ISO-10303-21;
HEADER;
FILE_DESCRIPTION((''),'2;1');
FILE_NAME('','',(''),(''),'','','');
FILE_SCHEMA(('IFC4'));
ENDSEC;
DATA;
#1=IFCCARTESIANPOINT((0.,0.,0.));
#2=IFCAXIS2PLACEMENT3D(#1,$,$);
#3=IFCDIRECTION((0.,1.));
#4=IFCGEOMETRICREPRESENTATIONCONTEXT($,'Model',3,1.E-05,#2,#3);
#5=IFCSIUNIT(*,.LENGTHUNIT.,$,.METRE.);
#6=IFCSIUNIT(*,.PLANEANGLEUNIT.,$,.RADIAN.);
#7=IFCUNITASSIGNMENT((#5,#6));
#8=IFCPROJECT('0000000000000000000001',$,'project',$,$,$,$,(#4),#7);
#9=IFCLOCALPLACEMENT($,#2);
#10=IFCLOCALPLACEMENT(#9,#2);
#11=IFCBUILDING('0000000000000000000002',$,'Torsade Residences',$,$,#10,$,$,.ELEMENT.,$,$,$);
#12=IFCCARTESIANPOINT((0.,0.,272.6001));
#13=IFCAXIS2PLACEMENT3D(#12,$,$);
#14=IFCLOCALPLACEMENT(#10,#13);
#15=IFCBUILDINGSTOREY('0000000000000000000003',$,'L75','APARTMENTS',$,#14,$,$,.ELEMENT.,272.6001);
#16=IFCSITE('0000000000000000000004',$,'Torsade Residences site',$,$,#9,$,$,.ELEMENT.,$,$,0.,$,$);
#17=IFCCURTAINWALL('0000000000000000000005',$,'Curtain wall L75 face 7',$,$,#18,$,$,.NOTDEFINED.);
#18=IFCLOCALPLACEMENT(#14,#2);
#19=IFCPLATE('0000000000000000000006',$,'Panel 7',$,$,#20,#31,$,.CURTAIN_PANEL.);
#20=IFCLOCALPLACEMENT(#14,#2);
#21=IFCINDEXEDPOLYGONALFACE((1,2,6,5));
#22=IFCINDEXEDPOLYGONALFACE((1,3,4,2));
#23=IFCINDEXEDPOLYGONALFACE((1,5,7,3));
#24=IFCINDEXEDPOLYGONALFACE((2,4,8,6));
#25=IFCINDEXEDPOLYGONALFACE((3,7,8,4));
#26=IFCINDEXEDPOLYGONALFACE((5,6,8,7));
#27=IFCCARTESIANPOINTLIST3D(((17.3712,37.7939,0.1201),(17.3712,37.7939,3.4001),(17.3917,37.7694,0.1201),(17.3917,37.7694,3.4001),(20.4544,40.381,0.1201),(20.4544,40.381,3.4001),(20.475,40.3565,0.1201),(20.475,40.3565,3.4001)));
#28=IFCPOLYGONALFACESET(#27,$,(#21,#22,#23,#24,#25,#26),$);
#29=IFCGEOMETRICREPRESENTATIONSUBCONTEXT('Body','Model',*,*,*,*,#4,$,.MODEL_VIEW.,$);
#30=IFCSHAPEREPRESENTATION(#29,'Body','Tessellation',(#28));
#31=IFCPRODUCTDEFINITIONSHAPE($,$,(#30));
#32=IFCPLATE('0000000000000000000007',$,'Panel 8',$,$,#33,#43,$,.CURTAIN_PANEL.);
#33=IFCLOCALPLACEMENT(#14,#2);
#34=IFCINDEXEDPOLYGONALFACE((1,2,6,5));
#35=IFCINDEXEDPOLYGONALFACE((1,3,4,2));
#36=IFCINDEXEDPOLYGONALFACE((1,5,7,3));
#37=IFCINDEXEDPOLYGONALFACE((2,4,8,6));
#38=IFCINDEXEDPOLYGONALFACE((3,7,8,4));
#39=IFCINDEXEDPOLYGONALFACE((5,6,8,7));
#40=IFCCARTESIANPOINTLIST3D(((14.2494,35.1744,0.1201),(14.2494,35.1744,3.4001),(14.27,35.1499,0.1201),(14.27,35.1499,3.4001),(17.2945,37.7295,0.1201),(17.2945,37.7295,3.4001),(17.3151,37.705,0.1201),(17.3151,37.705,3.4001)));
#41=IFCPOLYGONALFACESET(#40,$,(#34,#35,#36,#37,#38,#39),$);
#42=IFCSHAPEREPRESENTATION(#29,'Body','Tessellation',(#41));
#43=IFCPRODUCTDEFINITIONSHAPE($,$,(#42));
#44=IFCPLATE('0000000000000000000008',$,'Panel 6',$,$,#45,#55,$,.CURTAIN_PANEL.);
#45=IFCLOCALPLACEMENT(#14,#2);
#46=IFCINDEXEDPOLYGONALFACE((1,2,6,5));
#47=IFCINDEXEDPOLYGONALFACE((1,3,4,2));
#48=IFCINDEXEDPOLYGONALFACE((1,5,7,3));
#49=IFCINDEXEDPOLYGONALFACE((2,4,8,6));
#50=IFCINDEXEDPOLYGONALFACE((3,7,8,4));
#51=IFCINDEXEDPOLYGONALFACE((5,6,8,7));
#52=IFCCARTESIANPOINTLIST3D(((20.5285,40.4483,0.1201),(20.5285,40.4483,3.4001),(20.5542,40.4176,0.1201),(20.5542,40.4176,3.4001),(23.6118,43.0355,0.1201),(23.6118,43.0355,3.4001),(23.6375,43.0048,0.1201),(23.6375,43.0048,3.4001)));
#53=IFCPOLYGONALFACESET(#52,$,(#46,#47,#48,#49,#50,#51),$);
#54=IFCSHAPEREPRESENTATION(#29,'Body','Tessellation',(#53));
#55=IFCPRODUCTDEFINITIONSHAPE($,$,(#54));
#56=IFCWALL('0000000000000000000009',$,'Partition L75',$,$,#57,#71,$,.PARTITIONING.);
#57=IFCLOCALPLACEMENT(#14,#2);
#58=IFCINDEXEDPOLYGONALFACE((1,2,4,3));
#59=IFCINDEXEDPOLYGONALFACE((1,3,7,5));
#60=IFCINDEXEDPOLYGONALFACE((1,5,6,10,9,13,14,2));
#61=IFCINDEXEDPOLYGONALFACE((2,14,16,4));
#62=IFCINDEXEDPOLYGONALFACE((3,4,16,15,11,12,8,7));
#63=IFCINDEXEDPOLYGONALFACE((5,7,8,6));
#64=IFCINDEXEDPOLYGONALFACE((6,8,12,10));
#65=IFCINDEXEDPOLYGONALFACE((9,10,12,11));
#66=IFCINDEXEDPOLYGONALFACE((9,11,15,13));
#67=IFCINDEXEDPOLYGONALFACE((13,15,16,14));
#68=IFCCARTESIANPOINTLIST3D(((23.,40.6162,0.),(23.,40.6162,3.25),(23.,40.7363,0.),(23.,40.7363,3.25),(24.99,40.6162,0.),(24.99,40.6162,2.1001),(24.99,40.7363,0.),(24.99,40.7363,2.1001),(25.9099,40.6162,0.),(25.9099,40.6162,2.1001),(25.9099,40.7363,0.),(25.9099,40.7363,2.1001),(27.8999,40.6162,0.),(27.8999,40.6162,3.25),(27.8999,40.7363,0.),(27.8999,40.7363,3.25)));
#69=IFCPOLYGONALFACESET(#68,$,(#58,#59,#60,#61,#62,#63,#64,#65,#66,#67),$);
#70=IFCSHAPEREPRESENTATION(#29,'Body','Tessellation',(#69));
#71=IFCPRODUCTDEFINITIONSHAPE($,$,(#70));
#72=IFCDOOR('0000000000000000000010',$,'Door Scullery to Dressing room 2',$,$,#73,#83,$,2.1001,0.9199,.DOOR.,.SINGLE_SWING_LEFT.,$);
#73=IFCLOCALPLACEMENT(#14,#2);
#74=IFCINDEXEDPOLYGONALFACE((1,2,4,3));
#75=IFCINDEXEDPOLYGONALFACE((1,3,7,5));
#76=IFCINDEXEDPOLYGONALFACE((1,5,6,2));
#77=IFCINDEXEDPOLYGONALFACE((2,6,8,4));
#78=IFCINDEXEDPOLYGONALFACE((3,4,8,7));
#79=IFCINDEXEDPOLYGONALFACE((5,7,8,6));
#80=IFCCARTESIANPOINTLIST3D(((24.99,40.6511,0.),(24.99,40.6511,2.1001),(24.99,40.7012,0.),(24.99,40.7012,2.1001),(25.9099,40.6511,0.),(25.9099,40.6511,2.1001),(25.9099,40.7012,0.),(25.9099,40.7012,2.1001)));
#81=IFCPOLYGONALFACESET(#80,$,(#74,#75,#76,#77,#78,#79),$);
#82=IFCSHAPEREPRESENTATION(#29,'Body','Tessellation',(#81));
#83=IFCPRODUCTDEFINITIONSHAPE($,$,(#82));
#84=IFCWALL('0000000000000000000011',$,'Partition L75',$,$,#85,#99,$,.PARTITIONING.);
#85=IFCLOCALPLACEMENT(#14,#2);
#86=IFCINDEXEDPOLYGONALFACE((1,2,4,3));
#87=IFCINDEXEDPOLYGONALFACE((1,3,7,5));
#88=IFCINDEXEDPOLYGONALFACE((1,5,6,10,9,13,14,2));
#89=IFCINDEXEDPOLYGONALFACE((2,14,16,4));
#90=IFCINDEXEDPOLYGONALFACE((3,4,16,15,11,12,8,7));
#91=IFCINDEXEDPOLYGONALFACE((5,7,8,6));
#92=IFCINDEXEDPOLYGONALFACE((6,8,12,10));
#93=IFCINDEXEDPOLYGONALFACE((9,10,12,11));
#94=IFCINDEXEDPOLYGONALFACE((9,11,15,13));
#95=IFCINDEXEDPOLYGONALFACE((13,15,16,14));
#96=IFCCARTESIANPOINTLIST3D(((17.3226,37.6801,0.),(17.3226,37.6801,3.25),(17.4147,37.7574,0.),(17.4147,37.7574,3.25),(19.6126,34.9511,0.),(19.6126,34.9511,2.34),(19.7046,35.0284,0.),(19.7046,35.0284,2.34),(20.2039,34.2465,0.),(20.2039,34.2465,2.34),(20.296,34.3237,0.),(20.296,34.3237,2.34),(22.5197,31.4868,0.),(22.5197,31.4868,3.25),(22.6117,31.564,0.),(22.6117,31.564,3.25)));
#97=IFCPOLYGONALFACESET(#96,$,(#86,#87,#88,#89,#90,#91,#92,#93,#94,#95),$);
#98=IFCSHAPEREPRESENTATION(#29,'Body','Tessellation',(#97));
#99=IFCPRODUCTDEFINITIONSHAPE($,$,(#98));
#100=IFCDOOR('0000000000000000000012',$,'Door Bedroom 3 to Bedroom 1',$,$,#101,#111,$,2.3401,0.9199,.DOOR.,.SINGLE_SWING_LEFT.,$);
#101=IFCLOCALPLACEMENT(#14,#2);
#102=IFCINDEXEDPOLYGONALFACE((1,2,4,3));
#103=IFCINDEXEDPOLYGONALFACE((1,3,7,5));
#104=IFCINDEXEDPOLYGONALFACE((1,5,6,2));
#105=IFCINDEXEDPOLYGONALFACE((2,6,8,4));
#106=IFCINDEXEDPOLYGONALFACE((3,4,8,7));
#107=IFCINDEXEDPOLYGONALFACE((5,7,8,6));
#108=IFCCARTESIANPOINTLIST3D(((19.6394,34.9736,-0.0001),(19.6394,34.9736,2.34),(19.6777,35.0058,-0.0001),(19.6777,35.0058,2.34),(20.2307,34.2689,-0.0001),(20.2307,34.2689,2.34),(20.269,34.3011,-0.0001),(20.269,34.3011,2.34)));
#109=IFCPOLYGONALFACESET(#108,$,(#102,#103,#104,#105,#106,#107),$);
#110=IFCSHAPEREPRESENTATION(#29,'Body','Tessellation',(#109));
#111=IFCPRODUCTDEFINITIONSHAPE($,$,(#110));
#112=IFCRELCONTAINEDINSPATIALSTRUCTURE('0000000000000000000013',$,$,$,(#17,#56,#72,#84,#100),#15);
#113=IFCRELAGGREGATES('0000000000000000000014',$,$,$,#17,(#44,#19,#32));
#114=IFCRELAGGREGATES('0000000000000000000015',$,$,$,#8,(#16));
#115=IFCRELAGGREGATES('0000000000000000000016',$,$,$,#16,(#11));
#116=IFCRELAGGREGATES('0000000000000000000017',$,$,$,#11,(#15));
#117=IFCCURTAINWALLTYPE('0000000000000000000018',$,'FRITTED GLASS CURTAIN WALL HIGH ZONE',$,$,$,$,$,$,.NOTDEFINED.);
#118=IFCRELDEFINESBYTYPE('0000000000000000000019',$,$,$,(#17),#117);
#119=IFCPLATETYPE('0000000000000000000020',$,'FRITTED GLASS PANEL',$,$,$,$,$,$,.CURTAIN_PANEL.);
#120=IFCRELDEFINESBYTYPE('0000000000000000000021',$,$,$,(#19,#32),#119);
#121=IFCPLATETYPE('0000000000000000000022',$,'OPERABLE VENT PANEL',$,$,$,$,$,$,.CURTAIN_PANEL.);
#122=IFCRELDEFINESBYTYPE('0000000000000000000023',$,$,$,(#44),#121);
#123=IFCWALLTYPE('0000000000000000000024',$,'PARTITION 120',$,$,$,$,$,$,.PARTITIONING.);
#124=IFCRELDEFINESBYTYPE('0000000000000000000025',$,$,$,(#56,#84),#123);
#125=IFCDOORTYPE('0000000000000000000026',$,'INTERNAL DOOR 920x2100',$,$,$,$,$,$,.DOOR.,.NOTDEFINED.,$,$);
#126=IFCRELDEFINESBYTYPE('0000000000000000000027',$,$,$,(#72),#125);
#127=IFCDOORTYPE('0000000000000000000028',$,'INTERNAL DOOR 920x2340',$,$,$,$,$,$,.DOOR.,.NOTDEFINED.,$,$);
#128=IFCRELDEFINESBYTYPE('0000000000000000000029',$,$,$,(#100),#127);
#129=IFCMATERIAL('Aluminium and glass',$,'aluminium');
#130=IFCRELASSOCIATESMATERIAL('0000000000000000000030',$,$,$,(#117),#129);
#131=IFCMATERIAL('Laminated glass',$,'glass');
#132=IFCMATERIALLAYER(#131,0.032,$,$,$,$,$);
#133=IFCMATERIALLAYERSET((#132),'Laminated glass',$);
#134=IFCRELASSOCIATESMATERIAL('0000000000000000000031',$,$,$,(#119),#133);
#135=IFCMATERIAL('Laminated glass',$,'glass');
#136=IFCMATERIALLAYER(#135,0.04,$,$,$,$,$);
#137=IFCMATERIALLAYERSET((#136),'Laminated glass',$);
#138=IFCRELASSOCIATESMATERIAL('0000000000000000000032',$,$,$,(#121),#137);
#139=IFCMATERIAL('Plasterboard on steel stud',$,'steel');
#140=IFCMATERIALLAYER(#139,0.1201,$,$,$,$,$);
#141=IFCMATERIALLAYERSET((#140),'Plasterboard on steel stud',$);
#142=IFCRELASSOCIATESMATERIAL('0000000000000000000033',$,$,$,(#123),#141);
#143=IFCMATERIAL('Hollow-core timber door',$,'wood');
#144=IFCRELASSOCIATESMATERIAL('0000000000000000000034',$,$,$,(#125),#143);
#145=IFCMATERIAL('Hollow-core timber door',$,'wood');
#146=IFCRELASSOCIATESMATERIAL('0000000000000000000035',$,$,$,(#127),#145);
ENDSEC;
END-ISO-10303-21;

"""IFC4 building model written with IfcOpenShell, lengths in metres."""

from ifc_helpers import new_model, si_unit, direction, frame, frame_2d, origin, origin_2d, place, context, subcontext, project, spatial, rectangle, extrude, material, layer, layer_set, type_object, element, fill, aggregate, save


model = new_model("IFC4")

# Units and contexts
model_context = context("Model", 3, precision=1e-05, world=origin(), true_north=direction((0.0, 1.0)))
body_context = subcontext(model_context, "Body", "Model", "MODEL_VIEW")
ifc_project = project(units=[si_unit("LENGTHUNIT", "METRE"), si_unit("PLANEANGLEUNIT", "RADIAN")], contexts=[model_context])

# Site, building, storey
site_placement = place(None, origin())
site = spatial("IfcSite", under=ifc_project, at=site_placement, Name="Torsade Residences site", CompositionType="ELEMENT", RefElevation=0.0)
building_placement = place(site_placement, origin())
building = spatial("IfcBuilding", under=site, at=building_placement, Name="Torsade Residences", CompositionType="ELEMENT")
storey_placement = place(building_placement, frame((0.0, 0.0, 272.6001)))
storey = spatial("IfcBuildingStorey", under=building, at=storey_placement, Name="L75", Description="APARTMENTS", CompositionType="ELEMENT", Elevation=272.6001)

# Curtain wall
ifc_material_1 = material(Name="Aluminium and glass", Category="aluminium")
curtain_wall_type = type_object("IfcCurtainWallType", Name="FRITTED GLASS CURTAIN WALL HIGH ZONE", PredefinedType="NOTDEFINED", material=ifc_material_1)
curtain_wall_placement = place(storey_placement, origin())
curtain_wall = element("IfcCurtainWall", 1, at=curtain_wall_placement, inside=storey, type_object=curtain_wall_type, Name="Curtain wall L75 face 7", PredefinedType="NOTDEFINED")

# Plates
ifc_material_2 = material(Name="Laminated glass", Category="glass")
ifc_layer_1 = layer(ifc_material_2, 0.032)
ifc_layer_set_1 = layer_set([ifc_layer_1], Name="Laminated glass")
plate_type_1 = type_object("IfcPlateType", Name="FRITTED GLASS PANEL", PredefinedType="CURTAIN_PANEL", material=ifc_layer_set_1)
plate_1_placement = place(storey_placement, frame((18.9231, 39.0752, 0.1201), z_axis=(0.0, 0.0, 1.0), x_axis=(-0.766044, -0.642788, 0.0)))
plate_1 = element("IfcPlate", 2, at=plate_1_placement, type_object=plate_type_1, Name="Panel 7", PredefinedType="CURTAIN_PANEL", context=body_context, shape_type="SweptSolid", body=[
    extrude(rectangle(XDim=4.0249, YDim=0.032, at=origin_2d()), origin(), (0.0, 0.0, 1.0), 3.28),
])
plate_2_placement = place(storey_placement, frame((15.7822, 36.4397, 0.1201), z_axis=(0.0, 0.0, 1.0), x_axis=(-0.766044, -0.642788, 0.0)))
plate_2 = element("IfcPlate", 3, at=plate_2_placement, type_object=plate_type_1, Name="Panel 8", PredefinedType="CURTAIN_PANEL", context=body_context, shape_type="SweptSolid", body=[
    extrude(rectangle(XDim=3.9751, YDim=0.032, at=origin_2d()), origin(), (0.0, 0.0, 1.0), 3.28),
])
ifc_material_3 = material(Name="Laminated glass", Category="glass")
ifc_layer_2 = layer(ifc_material_3, 0.04)
ifc_layer_set_2 = layer_set([ifc_layer_2], Name="Laminated glass")
plate_type_2 = type_object("IfcPlateType", Name="OPERABLE VENT PANEL", PredefinedType="CURTAIN_PANEL", material=ifc_layer_set_2)
plate_3_placement = place(storey_placement, frame((22.083, 41.7266, 0.1201), z_axis=(0.0, 0.0, 1.0), x_axis=(-0.766044, -0.642788, 0.0)))
plate_3 = element("IfcPlate", 4, at=plate_3_placement, type_object=plate_type_2, Name="Panel 6", PredefinedType="CURTAIN_PANEL", context=body_context, shape_type="SweptSolid", body=[
    extrude(rectangle(XDim=4.0249, YDim=0.04, at=origin_2d()), origin(), (0.0, 0.0, 1.0), 3.28),
])
aggregate(curtain_wall, [plate_3, plate_1, plate_2])

# Walls, openings, doors
ifc_material_4 = material(Name="Plasterboard on steel stud", Category="steel")
ifc_layer_3 = layer(ifc_material_4, 0.1201)
ifc_layer_set_3 = layer_set([ifc_layer_3], Name="Plasterboard on steel stud")
wall_type = type_object("IfcWallType", Name="PARTITION 120", PredefinedType="PARTITIONING", material=ifc_layer_set_3)
wall_1_placement = place(storey_placement, frame((23.0, 40.6763, 0.0), z_axis=(0.0, 0.0, 1.0), x_axis=(1.0, 0.0, 0.0)))
wall_1 = element("IfcWall", 5, at=wall_1_placement, inside=storey, type_object=wall_type, Name="Partition L75", PredefinedType="PARTITIONING", context=body_context, shape_type="SweptSolid", body=[
    extrude(rectangle(XDim=4.8999, YDim=0.1201, at=frame_2d((2.45, 0.0))), origin(), (0.0, 0.0, 1.0), 3.25),
])
opening_1_placement = place(wall_1_placement, frame((1.99, 0.0, 0.0)))
opening_1 = element("IfcOpeningElement", 6, at=opening_1_placement, cuts=wall_1, PredefinedType="OPENING", context=body_context, shape_type="SweptSolid", body=[
    extrude(rectangle(XDim=0.9199, YDim=2.1001, at=frame_2d((0.46, 1.05))), frame((0.0, 0.0701, 0.0), z_axis=(0.0, -1.0, 0.0), x_axis=(1.0, 0.0, 0.0)), (0.0, 0.0, 1.0), 0.1401),
])
ifc_material_5 = material(Name="Hollow-core timber door", Category="wood")
door_type_1 = type_object("IfcDoorType", Name="INTERNAL DOOR 920x2100", OperationType="NOTDEFINED", PredefinedType="DOOR", material=ifc_material_5)
door_1_placement = place(opening_1_placement, origin())
door_1 = element("IfcDoor", 7, at=door_1_placement, inside=storey, type_object=door_type_1, Name="Door Scullery to Dressing room 2", OperationType="SINGLE_SWING_LEFT", OverallHeight=2.1001, OverallWidth=0.9199, PredefinedType="DOOR", context=body_context, shape_type="SweptSolid", body=[
    extrude(rectangle(XDim=0.9199, YDim=2.1001, at=frame_2d((0.46, 1.05))), frame((0.0, 0.0249, 0.0), z_axis=(0.0, -1.0, 0.0), x_axis=(1.0, 0.0, 0.0)), (0.0, 0.0, 1.0), 0.05),
])
fill(opening_1, door_1)
wall_2_placement = place(storey_placement, frame((17.3687, 37.7188, 0.0), z_axis=(0.0, 0.0, 1.0), x_axis=(0.6428, -0.766034, 0.0)))
wall_2 = element("IfcWall", 8, at=wall_2_placement, inside=storey, type_object=wall_type, Name="Partition L75", PredefinedType="PARTITIONING", context=body_context, shape_type="SweptSolid", body=[
    extrude(rectangle(XDim=8.085, YDim=0.1201, at=frame_2d((4.0425, 0.0))), origin(), (0.0, 0.0, 1.0), 3.25),
])
opening_2_placement = place(wall_2_placement, frame((3.5625, 0.0, 0.0)))
opening_2 = element("IfcOpeningElement", 9, at=opening_2_placement, cuts=wall_2, PredefinedType="OPENING", context=body_context, shape_type="SweptSolid", body=[
    extrude(rectangle(XDim=0.9199, YDim=2.3401, at=frame_2d((0.46, 1.1699))), frame((0.0, 0.0701, 0.0), z_axis=(0.0, -1.0, 0.0), x_axis=(1.0, 0.0, 0.0)), (0.0, 0.0, 1.0), 0.1401),
])
ifc_material_6 = material(Name="Hollow-core timber door", Category="wood")
door_type_2 = type_object("IfcDoorType", Name="INTERNAL DOOR 920x2340", OperationType="NOTDEFINED", PredefinedType="DOOR", material=ifc_material_6)
door_2_placement = place(opening_2_placement, origin())
door_2 = element("IfcDoor", 10, at=door_2_placement, inside=storey, type_object=door_type_2, Name="Door Bedroom 3 to Bedroom 1", OperationType="SINGLE_SWING_LEFT", OverallHeight=2.3401, OverallWidth=0.9199, PredefinedType="DOOR", context=body_context, shape_type="SweptSolid", body=[
    extrude(rectangle(XDim=0.9199, YDim=2.3401, at=frame_2d((0.46, 1.1699))), frame((0.0, 0.0249, 0.0), z_axis=(0.0, -1.0, 0.0), x_axis=(1.0, 0.0, 0.0)), (0.0, 0.0, 1.0), 0.05),
])
fill(opening_2, door_2)

save(model, "model.ifc")
